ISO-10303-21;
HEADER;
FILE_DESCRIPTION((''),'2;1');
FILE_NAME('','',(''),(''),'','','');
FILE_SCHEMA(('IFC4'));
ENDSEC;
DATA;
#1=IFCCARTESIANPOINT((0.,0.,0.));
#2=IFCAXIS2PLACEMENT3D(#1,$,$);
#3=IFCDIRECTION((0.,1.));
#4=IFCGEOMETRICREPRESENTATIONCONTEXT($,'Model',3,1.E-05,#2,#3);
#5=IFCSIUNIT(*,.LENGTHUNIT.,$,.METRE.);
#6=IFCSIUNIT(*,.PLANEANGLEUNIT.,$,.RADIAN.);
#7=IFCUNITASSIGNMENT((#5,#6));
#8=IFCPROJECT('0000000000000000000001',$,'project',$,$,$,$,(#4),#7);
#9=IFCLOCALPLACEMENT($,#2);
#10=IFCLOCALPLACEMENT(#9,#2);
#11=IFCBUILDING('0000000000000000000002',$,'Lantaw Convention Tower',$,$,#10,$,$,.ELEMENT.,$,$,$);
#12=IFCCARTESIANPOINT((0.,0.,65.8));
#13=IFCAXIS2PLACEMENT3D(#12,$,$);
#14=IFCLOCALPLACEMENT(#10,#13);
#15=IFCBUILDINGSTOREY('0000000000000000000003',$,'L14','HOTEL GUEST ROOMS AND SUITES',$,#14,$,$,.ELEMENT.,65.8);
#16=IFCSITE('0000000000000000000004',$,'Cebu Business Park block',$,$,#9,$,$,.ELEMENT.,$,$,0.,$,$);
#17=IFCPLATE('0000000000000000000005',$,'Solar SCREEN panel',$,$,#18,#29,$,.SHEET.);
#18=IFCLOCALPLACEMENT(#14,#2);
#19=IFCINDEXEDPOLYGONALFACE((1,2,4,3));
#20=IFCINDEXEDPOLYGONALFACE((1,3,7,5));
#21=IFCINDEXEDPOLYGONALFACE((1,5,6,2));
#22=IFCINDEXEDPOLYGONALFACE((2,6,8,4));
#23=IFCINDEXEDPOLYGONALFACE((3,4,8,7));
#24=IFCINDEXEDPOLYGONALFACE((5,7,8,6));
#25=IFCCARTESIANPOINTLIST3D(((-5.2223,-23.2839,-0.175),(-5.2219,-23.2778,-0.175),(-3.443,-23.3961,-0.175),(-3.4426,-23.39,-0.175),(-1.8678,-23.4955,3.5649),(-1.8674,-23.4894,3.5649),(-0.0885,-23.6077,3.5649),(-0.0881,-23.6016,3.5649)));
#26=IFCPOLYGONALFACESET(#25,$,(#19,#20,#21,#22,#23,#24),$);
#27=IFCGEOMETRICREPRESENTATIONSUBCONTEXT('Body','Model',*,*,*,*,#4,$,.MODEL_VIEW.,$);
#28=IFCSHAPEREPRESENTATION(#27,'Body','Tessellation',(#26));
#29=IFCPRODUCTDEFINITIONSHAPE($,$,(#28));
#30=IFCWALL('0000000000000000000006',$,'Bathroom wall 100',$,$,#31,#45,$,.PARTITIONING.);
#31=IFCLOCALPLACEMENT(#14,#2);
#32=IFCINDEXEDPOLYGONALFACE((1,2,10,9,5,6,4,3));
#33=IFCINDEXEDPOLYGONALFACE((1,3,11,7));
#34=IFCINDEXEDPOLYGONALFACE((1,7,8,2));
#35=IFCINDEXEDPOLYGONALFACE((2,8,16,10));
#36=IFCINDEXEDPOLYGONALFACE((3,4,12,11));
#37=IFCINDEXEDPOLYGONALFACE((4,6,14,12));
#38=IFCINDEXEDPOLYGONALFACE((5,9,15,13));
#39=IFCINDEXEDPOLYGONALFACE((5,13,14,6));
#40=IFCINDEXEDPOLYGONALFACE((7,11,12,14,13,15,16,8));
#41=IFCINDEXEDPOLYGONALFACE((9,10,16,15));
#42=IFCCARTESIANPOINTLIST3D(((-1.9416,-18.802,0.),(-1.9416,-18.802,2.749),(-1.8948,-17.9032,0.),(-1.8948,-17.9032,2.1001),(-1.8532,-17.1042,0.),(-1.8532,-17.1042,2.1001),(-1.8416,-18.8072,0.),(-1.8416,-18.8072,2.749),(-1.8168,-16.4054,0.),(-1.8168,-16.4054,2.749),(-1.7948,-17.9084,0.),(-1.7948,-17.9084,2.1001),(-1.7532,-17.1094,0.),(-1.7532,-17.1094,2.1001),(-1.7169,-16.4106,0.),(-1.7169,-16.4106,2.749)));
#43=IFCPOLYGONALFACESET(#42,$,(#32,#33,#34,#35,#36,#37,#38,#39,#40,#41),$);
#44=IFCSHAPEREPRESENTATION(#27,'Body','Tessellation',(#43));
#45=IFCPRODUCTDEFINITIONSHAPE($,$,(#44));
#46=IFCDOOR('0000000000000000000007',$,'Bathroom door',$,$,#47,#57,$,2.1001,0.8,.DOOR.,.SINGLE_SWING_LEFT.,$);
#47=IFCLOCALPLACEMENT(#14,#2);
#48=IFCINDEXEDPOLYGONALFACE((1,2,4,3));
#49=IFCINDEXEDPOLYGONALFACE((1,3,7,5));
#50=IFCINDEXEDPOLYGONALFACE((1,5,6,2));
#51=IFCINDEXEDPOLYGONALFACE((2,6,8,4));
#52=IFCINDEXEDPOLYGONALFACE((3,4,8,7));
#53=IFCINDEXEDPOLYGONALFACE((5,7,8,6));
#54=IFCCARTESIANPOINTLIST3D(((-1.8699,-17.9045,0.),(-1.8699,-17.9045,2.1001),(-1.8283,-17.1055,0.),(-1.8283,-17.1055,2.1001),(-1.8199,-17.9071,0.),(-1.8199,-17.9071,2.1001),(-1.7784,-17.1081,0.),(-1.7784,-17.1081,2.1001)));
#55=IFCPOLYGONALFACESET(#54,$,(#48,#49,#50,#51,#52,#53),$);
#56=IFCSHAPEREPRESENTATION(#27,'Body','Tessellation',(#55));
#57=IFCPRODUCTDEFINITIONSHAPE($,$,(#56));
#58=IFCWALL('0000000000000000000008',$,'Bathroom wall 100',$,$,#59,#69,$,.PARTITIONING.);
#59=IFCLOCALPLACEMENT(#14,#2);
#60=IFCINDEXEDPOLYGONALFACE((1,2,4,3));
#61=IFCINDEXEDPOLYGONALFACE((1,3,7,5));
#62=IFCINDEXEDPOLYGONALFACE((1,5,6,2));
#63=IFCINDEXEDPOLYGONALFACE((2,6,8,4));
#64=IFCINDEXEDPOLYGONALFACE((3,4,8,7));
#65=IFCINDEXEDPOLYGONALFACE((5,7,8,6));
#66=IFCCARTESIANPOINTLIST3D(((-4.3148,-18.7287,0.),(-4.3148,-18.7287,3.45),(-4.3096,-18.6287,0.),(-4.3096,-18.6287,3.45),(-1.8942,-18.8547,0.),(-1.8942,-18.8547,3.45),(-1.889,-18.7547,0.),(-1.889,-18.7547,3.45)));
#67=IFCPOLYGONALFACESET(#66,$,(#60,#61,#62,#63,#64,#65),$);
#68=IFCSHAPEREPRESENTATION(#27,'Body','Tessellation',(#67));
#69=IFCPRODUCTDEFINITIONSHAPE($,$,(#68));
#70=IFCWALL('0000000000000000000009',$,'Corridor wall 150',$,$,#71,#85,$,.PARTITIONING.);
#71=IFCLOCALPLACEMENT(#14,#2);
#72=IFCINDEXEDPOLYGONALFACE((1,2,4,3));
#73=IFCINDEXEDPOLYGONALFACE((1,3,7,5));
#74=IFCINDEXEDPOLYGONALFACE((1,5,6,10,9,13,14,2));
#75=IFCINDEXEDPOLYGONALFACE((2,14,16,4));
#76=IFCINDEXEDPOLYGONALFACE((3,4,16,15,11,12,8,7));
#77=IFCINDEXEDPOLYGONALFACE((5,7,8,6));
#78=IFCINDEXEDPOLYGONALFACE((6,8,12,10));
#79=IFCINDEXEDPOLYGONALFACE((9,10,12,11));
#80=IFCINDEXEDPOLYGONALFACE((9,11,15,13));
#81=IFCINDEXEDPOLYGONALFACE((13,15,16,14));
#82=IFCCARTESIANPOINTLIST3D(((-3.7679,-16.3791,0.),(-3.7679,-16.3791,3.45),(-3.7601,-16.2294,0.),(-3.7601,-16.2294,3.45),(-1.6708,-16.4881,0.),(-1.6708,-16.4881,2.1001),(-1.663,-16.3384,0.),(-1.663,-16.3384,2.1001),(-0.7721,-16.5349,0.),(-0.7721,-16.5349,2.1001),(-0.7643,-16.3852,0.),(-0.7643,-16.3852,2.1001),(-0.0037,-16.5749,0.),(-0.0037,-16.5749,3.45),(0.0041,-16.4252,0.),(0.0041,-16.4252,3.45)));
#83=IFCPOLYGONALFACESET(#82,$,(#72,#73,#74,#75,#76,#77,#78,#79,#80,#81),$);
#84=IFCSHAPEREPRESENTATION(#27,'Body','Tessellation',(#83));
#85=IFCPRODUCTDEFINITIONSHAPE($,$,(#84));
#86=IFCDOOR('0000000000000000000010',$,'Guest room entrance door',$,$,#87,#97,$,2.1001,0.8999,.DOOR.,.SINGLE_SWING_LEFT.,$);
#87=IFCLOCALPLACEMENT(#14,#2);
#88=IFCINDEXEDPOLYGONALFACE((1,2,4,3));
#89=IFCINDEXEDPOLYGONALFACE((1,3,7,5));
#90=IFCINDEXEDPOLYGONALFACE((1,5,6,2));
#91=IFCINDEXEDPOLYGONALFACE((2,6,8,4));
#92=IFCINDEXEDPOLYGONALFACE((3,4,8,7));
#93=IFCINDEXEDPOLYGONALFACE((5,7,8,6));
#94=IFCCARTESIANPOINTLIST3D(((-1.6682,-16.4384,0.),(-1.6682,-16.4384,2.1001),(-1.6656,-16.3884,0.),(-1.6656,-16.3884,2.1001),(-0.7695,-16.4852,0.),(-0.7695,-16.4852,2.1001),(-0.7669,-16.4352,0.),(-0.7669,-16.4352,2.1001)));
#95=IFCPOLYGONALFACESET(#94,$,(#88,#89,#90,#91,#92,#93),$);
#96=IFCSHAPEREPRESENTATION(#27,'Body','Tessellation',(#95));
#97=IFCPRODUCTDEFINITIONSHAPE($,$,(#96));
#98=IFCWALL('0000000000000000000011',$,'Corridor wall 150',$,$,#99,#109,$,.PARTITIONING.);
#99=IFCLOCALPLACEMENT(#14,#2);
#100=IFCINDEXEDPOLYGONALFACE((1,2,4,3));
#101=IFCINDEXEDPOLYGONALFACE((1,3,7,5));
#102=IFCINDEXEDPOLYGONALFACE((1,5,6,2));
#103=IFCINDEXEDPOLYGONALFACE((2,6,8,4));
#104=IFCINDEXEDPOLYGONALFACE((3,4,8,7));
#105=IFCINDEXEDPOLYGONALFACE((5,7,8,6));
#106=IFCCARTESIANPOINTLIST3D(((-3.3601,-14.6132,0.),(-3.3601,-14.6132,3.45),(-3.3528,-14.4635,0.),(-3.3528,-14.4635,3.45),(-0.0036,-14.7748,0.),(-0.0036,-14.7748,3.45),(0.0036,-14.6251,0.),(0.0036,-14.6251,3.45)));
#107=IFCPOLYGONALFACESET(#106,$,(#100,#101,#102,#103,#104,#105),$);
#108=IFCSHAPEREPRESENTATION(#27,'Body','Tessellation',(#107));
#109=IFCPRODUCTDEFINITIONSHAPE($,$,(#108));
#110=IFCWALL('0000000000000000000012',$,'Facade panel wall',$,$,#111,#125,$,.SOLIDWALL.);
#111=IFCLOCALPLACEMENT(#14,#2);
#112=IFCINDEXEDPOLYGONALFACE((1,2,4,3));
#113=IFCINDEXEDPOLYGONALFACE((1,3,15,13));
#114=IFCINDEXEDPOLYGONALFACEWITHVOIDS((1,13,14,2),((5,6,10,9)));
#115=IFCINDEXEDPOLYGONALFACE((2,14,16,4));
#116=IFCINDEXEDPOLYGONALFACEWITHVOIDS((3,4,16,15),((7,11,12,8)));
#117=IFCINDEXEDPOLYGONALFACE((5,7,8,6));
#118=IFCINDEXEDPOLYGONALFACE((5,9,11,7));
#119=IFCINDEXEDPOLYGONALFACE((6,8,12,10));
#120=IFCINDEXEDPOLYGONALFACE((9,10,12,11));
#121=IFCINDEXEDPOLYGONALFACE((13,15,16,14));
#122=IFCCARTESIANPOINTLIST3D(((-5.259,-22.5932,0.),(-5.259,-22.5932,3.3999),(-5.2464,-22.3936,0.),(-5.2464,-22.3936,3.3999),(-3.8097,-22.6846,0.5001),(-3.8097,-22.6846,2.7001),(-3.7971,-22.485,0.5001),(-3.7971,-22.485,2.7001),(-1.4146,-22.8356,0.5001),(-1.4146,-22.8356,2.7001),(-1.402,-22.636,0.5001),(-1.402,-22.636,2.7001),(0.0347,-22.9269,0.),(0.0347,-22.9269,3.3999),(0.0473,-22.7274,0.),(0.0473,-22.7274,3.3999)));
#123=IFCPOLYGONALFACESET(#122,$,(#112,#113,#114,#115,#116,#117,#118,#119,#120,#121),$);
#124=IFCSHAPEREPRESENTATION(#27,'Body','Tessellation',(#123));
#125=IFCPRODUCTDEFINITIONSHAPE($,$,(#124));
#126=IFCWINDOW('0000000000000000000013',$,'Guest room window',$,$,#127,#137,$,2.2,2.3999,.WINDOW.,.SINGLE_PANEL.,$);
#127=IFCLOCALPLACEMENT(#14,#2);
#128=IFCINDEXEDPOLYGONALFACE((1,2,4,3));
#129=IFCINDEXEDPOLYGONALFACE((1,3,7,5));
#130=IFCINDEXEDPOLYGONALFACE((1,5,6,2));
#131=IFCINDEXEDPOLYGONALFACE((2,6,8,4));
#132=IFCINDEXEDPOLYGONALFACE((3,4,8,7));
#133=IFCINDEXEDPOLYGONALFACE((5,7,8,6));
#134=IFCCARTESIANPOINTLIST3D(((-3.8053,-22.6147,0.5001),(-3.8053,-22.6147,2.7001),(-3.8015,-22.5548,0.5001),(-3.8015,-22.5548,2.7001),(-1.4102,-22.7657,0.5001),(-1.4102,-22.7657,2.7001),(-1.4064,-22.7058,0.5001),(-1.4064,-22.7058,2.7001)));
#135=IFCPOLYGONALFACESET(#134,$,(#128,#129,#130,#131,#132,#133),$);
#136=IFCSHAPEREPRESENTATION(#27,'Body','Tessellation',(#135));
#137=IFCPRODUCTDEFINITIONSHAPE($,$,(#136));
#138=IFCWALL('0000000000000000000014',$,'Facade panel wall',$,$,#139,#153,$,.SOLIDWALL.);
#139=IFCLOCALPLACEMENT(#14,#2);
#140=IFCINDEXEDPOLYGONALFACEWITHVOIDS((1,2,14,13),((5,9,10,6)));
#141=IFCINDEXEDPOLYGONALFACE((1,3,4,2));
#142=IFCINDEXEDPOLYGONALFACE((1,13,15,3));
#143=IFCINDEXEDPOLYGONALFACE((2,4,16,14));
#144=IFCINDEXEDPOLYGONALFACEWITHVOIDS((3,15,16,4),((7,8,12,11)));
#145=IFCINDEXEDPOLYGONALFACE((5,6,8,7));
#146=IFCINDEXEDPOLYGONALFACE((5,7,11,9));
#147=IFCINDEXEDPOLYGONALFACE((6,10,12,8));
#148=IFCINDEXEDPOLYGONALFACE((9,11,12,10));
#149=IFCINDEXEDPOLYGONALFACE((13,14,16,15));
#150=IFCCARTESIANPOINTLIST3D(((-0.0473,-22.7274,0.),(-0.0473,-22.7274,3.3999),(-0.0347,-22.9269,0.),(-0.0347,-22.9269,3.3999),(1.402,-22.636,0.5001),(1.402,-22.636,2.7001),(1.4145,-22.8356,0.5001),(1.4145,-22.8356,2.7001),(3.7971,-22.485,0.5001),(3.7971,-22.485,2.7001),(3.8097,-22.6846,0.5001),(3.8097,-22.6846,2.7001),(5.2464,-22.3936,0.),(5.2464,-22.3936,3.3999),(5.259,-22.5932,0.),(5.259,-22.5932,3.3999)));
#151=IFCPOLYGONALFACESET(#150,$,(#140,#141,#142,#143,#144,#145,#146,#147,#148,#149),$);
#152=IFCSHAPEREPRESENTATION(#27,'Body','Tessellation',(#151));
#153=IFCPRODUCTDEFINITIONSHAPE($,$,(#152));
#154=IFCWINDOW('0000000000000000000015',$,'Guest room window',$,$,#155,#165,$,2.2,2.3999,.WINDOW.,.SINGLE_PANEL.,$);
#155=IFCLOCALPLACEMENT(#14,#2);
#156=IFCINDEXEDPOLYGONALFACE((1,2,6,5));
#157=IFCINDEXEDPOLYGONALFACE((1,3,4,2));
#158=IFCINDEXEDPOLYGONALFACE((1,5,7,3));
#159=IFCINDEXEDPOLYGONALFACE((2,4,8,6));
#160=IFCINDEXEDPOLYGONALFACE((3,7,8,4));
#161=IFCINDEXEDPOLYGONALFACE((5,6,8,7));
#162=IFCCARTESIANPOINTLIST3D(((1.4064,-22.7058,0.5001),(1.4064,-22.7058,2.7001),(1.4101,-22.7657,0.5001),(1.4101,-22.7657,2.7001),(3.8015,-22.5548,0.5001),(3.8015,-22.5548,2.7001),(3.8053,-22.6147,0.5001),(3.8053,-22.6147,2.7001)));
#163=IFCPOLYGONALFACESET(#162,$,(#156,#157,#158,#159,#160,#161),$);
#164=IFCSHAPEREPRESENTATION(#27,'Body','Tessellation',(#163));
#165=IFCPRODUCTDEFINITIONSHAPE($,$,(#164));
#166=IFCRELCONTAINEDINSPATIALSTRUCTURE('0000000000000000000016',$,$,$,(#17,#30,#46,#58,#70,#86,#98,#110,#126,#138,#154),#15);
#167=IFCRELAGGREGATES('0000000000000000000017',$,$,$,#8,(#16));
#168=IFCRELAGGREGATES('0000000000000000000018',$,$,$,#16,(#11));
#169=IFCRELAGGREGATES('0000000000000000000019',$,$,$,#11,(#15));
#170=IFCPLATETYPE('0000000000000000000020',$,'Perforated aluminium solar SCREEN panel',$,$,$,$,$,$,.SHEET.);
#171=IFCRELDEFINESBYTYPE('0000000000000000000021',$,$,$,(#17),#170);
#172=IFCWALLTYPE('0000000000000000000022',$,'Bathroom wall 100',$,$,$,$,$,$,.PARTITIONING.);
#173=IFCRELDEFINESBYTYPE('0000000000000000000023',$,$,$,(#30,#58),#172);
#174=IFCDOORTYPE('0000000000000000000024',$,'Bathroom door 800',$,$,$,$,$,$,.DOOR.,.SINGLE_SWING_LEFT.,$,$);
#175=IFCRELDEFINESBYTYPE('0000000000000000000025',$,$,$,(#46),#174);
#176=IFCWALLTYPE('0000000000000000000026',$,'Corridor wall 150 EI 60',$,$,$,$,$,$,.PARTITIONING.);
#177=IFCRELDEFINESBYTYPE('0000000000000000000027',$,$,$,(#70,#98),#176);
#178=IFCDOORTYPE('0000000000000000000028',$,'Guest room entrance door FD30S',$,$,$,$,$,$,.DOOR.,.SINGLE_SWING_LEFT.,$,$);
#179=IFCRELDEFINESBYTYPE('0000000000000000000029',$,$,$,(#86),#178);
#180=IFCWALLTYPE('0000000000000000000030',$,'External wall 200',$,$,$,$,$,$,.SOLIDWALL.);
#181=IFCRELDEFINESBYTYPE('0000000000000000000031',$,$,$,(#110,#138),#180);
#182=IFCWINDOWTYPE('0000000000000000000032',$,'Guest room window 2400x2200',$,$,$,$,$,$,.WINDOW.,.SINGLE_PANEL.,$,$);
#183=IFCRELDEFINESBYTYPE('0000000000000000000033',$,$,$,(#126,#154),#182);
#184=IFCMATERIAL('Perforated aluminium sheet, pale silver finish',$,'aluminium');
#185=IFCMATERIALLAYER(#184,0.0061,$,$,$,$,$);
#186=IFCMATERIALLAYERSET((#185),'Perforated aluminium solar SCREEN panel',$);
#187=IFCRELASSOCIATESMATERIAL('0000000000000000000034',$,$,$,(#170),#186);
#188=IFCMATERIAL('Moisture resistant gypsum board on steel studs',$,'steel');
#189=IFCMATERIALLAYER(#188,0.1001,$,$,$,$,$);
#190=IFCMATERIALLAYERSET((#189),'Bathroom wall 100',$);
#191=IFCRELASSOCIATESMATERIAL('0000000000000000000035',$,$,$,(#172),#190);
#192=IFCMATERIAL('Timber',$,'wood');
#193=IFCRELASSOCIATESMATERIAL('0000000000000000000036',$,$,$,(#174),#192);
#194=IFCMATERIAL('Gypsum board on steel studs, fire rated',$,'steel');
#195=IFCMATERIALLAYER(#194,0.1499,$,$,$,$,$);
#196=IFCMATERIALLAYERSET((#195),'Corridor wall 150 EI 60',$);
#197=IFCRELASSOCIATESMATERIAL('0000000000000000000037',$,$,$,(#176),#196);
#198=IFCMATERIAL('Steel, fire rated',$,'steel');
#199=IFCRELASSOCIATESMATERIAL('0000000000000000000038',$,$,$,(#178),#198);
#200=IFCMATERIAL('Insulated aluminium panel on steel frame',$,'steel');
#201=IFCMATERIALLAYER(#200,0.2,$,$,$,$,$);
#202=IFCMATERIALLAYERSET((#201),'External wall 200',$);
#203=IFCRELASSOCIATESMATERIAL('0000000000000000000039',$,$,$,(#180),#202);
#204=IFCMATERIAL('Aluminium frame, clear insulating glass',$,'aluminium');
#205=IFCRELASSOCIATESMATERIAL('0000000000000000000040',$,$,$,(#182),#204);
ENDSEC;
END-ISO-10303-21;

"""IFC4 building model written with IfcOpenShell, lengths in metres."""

from ifc_helpers import new_model, si_unit, direction, frame, frame_2d, origin, place, context, subcontext, project, spatial, polyline, rectangle, outline, extrude, material, layer, layer_set, type_object, element, fill, save


model = new_model("IFC4")

# Units and contexts
model_context = context("Model", 3, precision=1e-05, world=origin(), true_north=direction((0.0, 1.0)))
body_context = subcontext(model_context, "Body", "Model", "MODEL_VIEW")
ifc_project = project(units=[si_unit("LENGTHUNIT", "METRE"), si_unit("PLANEANGLEUNIT", "RADIAN")], contexts=[model_context])

# Site, building, storey
site_placement = place(None, origin())
site = spatial("IfcSite", under=ifc_project, at=site_placement, Name="Cebu Business Park block", CompositionType="ELEMENT", RefElevation=0.0)
building_placement = place(site_placement, origin())
building = spatial("IfcBuilding", under=site, at=building_placement, Name="Lantaw Convention Tower", CompositionType="ELEMENT")
storey_placement = place(building_placement, frame((0.0, 0.0, 65.8)))
storey = spatial("IfcBuildingStorey", under=building, at=storey_placement, Name="L14", Description="HOTEL GUEST ROOMS AND SUITES", CompositionType="ELEMENT", Elevation=65.8)

# Plate
ifc_material_1 = material(Name="Perforated aluminium sheet, pale silver finish", Category="aluminium")
ifc_layer_1 = layer(ifc_material_1, 0.0061)
ifc_layer_set_1 = layer_set([ifc_layer_1], Name="Perforated aluminium solar SCREEN panel")
plate_type = type_object("IfcPlateType", Name="Perforated aluminium solar SCREEN panel", PredefinedType="SHEET", material=ifc_layer_set_1)
plate_placement = place(storey_placement, frame((-5.2219, -23.2778, -0.175), z_axis=(0.062924, 0.998018, 0.000014), x_axis=(0.998018, -0.062924, 0.0)))
element("IfcPlate", 1, at=plate_placement, inside=storey, type_object=plate_type, Name="Solar SCREEN panel", PredefinedType="SHEET", context=body_context, shape_type="SweptSolid", body=[
    extrude(outline(polyline([(0.0, 0.0), (1.7828, 0.0), (5.144, -3.74), (3.3612, -3.74), (0.0, 0.0)])), origin(), (0.0, 0.0, -1.0), 0.0061),
])

# Wall, opening, door
ifc_material_2 = material(Name="Moisture resistant gypsum board on steel studs", Category="steel")
ifc_layer_2 = layer(ifc_material_2, 0.1001)
ifc_layer_set_2 = layer_set([ifc_layer_2], Name="Bathroom wall 100")
wall_type_1 = type_object("IfcWallType", Name="Bathroom wall 100", PredefinedType="PARTITIONING", material=ifc_layer_set_2)
wall_1_placement = place(storey_placement, frame((-1.7668, -16.408, 0.0), z_axis=(0.0, 0.0, 1.0), x_axis=(-0.051982, -0.998648, 0.0)))
wall_1 = element("IfcWall", 2, at=wall_1_placement, inside=storey, type_object=wall_type_1, Name="Bathroom wall 100", PredefinedType="PARTITIONING", context=body_context, shape_type="SweptSolid", body=[
    extrude(rectangle(XDim=2.3999, YDim=0.1001, at=frame_2d((1.2, 0.0))), origin(), (0.0, 0.0, 1.0), 2.749),
])
opening_1_placement = place(wall_1_placement, frame((0.7, 0.0, 0.0)))
opening_1 = element("IfcOpeningElement", 3, at=opening_1_placement, cuts=wall_1, PredefinedType="OPENING", context=body_context, shape_type="SweptSolid", body=[
    extrude(rectangle(XDim=0.8, YDim=2.1001, at=frame_2d((0.3999, 1.05))), frame((0.0, 0.0601, 0.0), z_axis=(0.0, -1.0, 0.0), x_axis=(1.0, 0.0, 0.0)), (0.0, 0.0, 1.0), 0.1201),
])
ifc_material_3 = material(Name="Timber", Category="wood")
door_type_1 = type_object("IfcDoorType", Name="Bathroom door 800", OperationType="SINGLE_SWING_LEFT", PredefinedType="DOOR", material=ifc_material_3)
door_1_placement = place(opening_1_placement, origin())
door_1 = element("IfcDoor", 4, at=door_1_placement, inside=storey, type_object=door_type_1, Name="Bathroom door", OperationType="SINGLE_SWING_LEFT", OverallHeight=2.1001, OverallWidth=0.8, PredefinedType="DOOR", context=body_context, shape_type="SweptSolid", body=[
    extrude(rectangle(XDim=0.8, YDim=2.1001, at=frame_2d((0.3999, 1.05))), frame((0.0, 0.0249, 0.0), z_axis=(0.0, -1.0, 0.0), x_axis=(1.0, 0.0, 0.0)), (0.0, 0.0, 1.0), 0.05),
])
fill(opening_1, door_1)

# Wall
wall_2_placement = place(storey_placement, frame((-1.8916, -18.8047, 0.0), z_axis=(0.0, 0.0, 1.0), x_axis=(-0.998649, 0.051972, 0.0)))
element("IfcWall", 5, at=wall_2_placement, inside=storey, type_object=wall_type_1, Name="Bathroom wall 100", PredefinedType="PARTITIONING", context=body_context, shape_type="SweptSolid", body=[
    extrude(rectangle(XDim=2.4238, YDim=0.1001, at=frame_2d((1.2119, 0.0))), origin(), (0.0, 0.0, 1.0), 3.45),
])

# Wall, opening, door
ifc_material_4 = material(Name="Gypsum board on steel studs, fire rated", Category="steel")
ifc_layer_3 = layer(ifc_material_4, 0.1499)
ifc_layer_set_3 = layer_set([ifc_layer_3], Name="Corridor wall 150 EI 60")
wall_type_2 = type_object("IfcWallType", Name="Corridor wall 150 EI 60", PredefinedType="PARTITIONING", material=ifc_layer_set_3)
wall_3_placement = place(storey_placement, frame((-3.7642, -16.3042, 0.0), z_axis=(0.0, 0.0, 1.0), x_axis=(0.99865, -0.051947, 0.0)))
wall_3 = element("IfcWall", 6, at=wall_3_placement, inside=storey, type_object=wall_type_2, Name="Corridor wall 150", PredefinedType="PARTITIONING", context=body_context, shape_type="SweptSolid", body=[
    extrude(rectangle(XDim=3.7693, YDim=0.1499, at=frame_2d((1.8848, 0.0))), origin(), (0.0, 0.0, 1.0), 3.45),
])
opening_2_placement = place(wall_3_placement, frame((2.1001, 0.0, 0.0)))
opening_2 = element("IfcOpeningElement", 7, at=opening_2_placement, cuts=wall_3, PredefinedType="OPENING", context=body_context, shape_type="SweptSolid", body=[
    extrude(rectangle(XDim=0.8999, YDim=2.1001, at=frame_2d((0.45, 1.05))), frame((0.0, 0.085, 0.0), z_axis=(0.0, -1.0, 0.0), x_axis=(1.0, 0.0, 0.0)), (0.0, 0.0, 1.0), 0.1699),
])
ifc_material_5 = material(Name="Steel, fire rated", Category="steel")
door_type_2 = type_object("IfcDoorType", Name="Guest room entrance door FD30S", OperationType="SINGLE_SWING_LEFT", PredefinedType="DOOR", material=ifc_material_5)
door_2_placement = place(opening_2_placement, origin())
door_2 = element("IfcDoor", 8, at=door_2_placement, inside=storey, type_object=door_type_2, Name="Guest room entrance door", OperationType="SINGLE_SWING_LEFT", OverallHeight=2.1001, OverallWidth=0.8999, PredefinedType="DOOR", context=body_context, shape_type="SweptSolid", body=[
    extrude(rectangle(XDim=0.8999, YDim=2.1001, at=frame_2d((0.45, 1.05))), frame((0.0, 0.0249, 0.0), z_axis=(0.0, -1.0, 0.0), x_axis=(1.0, 0.0, 0.0)), (0.0, 0.0, 1.0), 0.05),
])
fill(opening_2, door_2)

# Wall
wall_4_placement = place(storey_placement, frame((-3.3564, -14.5383, 0.0), z_axis=(0.0, 0.0, 1.0), x_axis=(0.998843, -0.048097, 0.0)))
element("IfcWall", 9, at=wall_4_placement, inside=storey, type_object=wall_type_2, Name="Corridor wall 150", PredefinedType="PARTITIONING", context=body_context, shape_type="SweptSolid", body=[
    extrude(rectangle(XDim=3.3604, YDim=0.1499, at=frame_2d((1.6802, 0.0))), origin(), (0.0, 0.0, 1.0), 3.45),
])

# Walls, openings, windows
ifc_material_6 = material(Name="Insulated aluminium panel on steel frame", Category="steel")
ifc_layer_4 = layer(ifc_material_6, 0.2)
ifc_layer_set_4 = layer_set([ifc_layer_4], Name="External wall 200")
wall_type_3 = type_object("IfcWallType", Name="External wall 200", PredefinedType="SOLIDWALL", material=ifc_layer_set_4)
wall_5_placement = place(storey_placement, frame((-5.2527, -22.4934, 0.0), z_axis=(0.0, 0.0, 1.0), x_axis=(0.998019, -0.06292, 0.0)))
wall_5 = element("IfcWall", 10, at=wall_5_placement, inside=storey, type_object=wall_type_3, Name="Facade panel wall", PredefinedType="SOLIDWALL", context=body_context, shape_type="SweptSolid", body=[
    extrude(rectangle(XDim=5.3042, YDim=0.2, at=frame_2d((2.6521, 0.0))), origin(), (0.0, 0.0, 1.0), 3.3999),
])
opening_3_placement = place(wall_5_placement, frame((1.4521, 0.0, 0.5)))
opening_3 = element("IfcOpeningElement", 11, at=opening_3_placement, cuts=wall_5, PredefinedType="OPENING", context=body_context, shape_type="SweptSolid", body=[
    extrude(rectangle(XDim=2.3999, YDim=2.2, at=frame_2d((1.2, 1.1001))), frame((0.0, 0.1099, 0.0), z_axis=(0.0, -1.0, 0.0), x_axis=(1.0, 0.0, 0.0)), (0.0, 0.0, 1.0), 0.22),
])
ifc_material_7 = material(Name="Aluminium frame, clear insulating glass", Category="aluminium")
window_type = type_object("IfcWindowType", Name="Guest room window 2400x2200", PartitioningType="SINGLE_PANEL", PredefinedType="WINDOW", material=ifc_material_7)
window_1_placement = place(opening_3_placement, origin())
window_1 = element("IfcWindow", 12, at=window_1_placement, inside=storey, type_object=window_type, Name="Guest room window", OverallHeight=2.2, OverallWidth=2.3999, PartitioningType="SINGLE_PANEL", PredefinedType="WINDOW", context=body_context, shape_type="SweptSolid", body=[
    extrude(rectangle(XDim=2.3999, YDim=2.2, at=frame_2d((1.2, 1.1001))), frame((0.0, 0.03, 0.0), z_axis=(0.0, -1.0, 0.0), x_axis=(1.0, 0.0, 0.0)), (0.0, 0.0, 1.0), 0.0601),
])
fill(opening_3, window_1)
wall_6_placement = place(storey_placement, frame((-0.041, -22.8271, 0.0), z_axis=(0.0, 0.0, 1.0), x_axis=(0.998019, 0.06292, 0.0)))
wall_6 = element("IfcWall", 13, at=wall_6_placement, inside=storey, type_object=wall_type_3, Name="Facade panel wall", PredefinedType="SOLIDWALL", context=body_context, shape_type="SweptSolid", body=[
    extrude(rectangle(XDim=5.3042, YDim=0.2, at=frame_2d((2.6521, 0.0))), origin(), (0.0, 0.0, 1.0), 3.3999),
])
opening_4_placement = place(wall_6_placement, frame((1.4521, 0.0, 0.5)))
opening_4 = element("IfcOpeningElement", 14, at=opening_4_placement, cuts=wall_6, PredefinedType="OPENING", context=body_context, shape_type="SweptSolid", body=[
    extrude(rectangle(XDim=2.3999, YDim=2.2, at=frame_2d((1.2, 1.1001))), frame((0.0, 0.1099, 0.0), z_axis=(0.0, -1.0, 0.0), x_axis=(1.0, 0.0, 0.0)), (0.0, 0.0, 1.0), 0.22),
])
window_2_placement = place(opening_4_placement, origin())
window_2 = element("IfcWindow", 15, at=window_2_placement, inside=storey, type_object=window_type, Name="Guest room window", OverallHeight=2.2, OverallWidth=2.3999, PartitioningType="SINGLE_PANEL", PredefinedType="WINDOW", context=body_context, shape_type="SweptSolid", body=[
    extrude(rectangle(XDim=2.3999, YDim=2.2, at=frame_2d((1.2, 1.1001))), frame((0.0, 0.03, 0.0), z_axis=(0.0, -1.0, 0.0), x_axis=(1.0, 0.0, 0.0)), (0.0, 0.0, 1.0), 0.0601),
])
fill(opening_4, window_2)

save(model, "model.ifc")
